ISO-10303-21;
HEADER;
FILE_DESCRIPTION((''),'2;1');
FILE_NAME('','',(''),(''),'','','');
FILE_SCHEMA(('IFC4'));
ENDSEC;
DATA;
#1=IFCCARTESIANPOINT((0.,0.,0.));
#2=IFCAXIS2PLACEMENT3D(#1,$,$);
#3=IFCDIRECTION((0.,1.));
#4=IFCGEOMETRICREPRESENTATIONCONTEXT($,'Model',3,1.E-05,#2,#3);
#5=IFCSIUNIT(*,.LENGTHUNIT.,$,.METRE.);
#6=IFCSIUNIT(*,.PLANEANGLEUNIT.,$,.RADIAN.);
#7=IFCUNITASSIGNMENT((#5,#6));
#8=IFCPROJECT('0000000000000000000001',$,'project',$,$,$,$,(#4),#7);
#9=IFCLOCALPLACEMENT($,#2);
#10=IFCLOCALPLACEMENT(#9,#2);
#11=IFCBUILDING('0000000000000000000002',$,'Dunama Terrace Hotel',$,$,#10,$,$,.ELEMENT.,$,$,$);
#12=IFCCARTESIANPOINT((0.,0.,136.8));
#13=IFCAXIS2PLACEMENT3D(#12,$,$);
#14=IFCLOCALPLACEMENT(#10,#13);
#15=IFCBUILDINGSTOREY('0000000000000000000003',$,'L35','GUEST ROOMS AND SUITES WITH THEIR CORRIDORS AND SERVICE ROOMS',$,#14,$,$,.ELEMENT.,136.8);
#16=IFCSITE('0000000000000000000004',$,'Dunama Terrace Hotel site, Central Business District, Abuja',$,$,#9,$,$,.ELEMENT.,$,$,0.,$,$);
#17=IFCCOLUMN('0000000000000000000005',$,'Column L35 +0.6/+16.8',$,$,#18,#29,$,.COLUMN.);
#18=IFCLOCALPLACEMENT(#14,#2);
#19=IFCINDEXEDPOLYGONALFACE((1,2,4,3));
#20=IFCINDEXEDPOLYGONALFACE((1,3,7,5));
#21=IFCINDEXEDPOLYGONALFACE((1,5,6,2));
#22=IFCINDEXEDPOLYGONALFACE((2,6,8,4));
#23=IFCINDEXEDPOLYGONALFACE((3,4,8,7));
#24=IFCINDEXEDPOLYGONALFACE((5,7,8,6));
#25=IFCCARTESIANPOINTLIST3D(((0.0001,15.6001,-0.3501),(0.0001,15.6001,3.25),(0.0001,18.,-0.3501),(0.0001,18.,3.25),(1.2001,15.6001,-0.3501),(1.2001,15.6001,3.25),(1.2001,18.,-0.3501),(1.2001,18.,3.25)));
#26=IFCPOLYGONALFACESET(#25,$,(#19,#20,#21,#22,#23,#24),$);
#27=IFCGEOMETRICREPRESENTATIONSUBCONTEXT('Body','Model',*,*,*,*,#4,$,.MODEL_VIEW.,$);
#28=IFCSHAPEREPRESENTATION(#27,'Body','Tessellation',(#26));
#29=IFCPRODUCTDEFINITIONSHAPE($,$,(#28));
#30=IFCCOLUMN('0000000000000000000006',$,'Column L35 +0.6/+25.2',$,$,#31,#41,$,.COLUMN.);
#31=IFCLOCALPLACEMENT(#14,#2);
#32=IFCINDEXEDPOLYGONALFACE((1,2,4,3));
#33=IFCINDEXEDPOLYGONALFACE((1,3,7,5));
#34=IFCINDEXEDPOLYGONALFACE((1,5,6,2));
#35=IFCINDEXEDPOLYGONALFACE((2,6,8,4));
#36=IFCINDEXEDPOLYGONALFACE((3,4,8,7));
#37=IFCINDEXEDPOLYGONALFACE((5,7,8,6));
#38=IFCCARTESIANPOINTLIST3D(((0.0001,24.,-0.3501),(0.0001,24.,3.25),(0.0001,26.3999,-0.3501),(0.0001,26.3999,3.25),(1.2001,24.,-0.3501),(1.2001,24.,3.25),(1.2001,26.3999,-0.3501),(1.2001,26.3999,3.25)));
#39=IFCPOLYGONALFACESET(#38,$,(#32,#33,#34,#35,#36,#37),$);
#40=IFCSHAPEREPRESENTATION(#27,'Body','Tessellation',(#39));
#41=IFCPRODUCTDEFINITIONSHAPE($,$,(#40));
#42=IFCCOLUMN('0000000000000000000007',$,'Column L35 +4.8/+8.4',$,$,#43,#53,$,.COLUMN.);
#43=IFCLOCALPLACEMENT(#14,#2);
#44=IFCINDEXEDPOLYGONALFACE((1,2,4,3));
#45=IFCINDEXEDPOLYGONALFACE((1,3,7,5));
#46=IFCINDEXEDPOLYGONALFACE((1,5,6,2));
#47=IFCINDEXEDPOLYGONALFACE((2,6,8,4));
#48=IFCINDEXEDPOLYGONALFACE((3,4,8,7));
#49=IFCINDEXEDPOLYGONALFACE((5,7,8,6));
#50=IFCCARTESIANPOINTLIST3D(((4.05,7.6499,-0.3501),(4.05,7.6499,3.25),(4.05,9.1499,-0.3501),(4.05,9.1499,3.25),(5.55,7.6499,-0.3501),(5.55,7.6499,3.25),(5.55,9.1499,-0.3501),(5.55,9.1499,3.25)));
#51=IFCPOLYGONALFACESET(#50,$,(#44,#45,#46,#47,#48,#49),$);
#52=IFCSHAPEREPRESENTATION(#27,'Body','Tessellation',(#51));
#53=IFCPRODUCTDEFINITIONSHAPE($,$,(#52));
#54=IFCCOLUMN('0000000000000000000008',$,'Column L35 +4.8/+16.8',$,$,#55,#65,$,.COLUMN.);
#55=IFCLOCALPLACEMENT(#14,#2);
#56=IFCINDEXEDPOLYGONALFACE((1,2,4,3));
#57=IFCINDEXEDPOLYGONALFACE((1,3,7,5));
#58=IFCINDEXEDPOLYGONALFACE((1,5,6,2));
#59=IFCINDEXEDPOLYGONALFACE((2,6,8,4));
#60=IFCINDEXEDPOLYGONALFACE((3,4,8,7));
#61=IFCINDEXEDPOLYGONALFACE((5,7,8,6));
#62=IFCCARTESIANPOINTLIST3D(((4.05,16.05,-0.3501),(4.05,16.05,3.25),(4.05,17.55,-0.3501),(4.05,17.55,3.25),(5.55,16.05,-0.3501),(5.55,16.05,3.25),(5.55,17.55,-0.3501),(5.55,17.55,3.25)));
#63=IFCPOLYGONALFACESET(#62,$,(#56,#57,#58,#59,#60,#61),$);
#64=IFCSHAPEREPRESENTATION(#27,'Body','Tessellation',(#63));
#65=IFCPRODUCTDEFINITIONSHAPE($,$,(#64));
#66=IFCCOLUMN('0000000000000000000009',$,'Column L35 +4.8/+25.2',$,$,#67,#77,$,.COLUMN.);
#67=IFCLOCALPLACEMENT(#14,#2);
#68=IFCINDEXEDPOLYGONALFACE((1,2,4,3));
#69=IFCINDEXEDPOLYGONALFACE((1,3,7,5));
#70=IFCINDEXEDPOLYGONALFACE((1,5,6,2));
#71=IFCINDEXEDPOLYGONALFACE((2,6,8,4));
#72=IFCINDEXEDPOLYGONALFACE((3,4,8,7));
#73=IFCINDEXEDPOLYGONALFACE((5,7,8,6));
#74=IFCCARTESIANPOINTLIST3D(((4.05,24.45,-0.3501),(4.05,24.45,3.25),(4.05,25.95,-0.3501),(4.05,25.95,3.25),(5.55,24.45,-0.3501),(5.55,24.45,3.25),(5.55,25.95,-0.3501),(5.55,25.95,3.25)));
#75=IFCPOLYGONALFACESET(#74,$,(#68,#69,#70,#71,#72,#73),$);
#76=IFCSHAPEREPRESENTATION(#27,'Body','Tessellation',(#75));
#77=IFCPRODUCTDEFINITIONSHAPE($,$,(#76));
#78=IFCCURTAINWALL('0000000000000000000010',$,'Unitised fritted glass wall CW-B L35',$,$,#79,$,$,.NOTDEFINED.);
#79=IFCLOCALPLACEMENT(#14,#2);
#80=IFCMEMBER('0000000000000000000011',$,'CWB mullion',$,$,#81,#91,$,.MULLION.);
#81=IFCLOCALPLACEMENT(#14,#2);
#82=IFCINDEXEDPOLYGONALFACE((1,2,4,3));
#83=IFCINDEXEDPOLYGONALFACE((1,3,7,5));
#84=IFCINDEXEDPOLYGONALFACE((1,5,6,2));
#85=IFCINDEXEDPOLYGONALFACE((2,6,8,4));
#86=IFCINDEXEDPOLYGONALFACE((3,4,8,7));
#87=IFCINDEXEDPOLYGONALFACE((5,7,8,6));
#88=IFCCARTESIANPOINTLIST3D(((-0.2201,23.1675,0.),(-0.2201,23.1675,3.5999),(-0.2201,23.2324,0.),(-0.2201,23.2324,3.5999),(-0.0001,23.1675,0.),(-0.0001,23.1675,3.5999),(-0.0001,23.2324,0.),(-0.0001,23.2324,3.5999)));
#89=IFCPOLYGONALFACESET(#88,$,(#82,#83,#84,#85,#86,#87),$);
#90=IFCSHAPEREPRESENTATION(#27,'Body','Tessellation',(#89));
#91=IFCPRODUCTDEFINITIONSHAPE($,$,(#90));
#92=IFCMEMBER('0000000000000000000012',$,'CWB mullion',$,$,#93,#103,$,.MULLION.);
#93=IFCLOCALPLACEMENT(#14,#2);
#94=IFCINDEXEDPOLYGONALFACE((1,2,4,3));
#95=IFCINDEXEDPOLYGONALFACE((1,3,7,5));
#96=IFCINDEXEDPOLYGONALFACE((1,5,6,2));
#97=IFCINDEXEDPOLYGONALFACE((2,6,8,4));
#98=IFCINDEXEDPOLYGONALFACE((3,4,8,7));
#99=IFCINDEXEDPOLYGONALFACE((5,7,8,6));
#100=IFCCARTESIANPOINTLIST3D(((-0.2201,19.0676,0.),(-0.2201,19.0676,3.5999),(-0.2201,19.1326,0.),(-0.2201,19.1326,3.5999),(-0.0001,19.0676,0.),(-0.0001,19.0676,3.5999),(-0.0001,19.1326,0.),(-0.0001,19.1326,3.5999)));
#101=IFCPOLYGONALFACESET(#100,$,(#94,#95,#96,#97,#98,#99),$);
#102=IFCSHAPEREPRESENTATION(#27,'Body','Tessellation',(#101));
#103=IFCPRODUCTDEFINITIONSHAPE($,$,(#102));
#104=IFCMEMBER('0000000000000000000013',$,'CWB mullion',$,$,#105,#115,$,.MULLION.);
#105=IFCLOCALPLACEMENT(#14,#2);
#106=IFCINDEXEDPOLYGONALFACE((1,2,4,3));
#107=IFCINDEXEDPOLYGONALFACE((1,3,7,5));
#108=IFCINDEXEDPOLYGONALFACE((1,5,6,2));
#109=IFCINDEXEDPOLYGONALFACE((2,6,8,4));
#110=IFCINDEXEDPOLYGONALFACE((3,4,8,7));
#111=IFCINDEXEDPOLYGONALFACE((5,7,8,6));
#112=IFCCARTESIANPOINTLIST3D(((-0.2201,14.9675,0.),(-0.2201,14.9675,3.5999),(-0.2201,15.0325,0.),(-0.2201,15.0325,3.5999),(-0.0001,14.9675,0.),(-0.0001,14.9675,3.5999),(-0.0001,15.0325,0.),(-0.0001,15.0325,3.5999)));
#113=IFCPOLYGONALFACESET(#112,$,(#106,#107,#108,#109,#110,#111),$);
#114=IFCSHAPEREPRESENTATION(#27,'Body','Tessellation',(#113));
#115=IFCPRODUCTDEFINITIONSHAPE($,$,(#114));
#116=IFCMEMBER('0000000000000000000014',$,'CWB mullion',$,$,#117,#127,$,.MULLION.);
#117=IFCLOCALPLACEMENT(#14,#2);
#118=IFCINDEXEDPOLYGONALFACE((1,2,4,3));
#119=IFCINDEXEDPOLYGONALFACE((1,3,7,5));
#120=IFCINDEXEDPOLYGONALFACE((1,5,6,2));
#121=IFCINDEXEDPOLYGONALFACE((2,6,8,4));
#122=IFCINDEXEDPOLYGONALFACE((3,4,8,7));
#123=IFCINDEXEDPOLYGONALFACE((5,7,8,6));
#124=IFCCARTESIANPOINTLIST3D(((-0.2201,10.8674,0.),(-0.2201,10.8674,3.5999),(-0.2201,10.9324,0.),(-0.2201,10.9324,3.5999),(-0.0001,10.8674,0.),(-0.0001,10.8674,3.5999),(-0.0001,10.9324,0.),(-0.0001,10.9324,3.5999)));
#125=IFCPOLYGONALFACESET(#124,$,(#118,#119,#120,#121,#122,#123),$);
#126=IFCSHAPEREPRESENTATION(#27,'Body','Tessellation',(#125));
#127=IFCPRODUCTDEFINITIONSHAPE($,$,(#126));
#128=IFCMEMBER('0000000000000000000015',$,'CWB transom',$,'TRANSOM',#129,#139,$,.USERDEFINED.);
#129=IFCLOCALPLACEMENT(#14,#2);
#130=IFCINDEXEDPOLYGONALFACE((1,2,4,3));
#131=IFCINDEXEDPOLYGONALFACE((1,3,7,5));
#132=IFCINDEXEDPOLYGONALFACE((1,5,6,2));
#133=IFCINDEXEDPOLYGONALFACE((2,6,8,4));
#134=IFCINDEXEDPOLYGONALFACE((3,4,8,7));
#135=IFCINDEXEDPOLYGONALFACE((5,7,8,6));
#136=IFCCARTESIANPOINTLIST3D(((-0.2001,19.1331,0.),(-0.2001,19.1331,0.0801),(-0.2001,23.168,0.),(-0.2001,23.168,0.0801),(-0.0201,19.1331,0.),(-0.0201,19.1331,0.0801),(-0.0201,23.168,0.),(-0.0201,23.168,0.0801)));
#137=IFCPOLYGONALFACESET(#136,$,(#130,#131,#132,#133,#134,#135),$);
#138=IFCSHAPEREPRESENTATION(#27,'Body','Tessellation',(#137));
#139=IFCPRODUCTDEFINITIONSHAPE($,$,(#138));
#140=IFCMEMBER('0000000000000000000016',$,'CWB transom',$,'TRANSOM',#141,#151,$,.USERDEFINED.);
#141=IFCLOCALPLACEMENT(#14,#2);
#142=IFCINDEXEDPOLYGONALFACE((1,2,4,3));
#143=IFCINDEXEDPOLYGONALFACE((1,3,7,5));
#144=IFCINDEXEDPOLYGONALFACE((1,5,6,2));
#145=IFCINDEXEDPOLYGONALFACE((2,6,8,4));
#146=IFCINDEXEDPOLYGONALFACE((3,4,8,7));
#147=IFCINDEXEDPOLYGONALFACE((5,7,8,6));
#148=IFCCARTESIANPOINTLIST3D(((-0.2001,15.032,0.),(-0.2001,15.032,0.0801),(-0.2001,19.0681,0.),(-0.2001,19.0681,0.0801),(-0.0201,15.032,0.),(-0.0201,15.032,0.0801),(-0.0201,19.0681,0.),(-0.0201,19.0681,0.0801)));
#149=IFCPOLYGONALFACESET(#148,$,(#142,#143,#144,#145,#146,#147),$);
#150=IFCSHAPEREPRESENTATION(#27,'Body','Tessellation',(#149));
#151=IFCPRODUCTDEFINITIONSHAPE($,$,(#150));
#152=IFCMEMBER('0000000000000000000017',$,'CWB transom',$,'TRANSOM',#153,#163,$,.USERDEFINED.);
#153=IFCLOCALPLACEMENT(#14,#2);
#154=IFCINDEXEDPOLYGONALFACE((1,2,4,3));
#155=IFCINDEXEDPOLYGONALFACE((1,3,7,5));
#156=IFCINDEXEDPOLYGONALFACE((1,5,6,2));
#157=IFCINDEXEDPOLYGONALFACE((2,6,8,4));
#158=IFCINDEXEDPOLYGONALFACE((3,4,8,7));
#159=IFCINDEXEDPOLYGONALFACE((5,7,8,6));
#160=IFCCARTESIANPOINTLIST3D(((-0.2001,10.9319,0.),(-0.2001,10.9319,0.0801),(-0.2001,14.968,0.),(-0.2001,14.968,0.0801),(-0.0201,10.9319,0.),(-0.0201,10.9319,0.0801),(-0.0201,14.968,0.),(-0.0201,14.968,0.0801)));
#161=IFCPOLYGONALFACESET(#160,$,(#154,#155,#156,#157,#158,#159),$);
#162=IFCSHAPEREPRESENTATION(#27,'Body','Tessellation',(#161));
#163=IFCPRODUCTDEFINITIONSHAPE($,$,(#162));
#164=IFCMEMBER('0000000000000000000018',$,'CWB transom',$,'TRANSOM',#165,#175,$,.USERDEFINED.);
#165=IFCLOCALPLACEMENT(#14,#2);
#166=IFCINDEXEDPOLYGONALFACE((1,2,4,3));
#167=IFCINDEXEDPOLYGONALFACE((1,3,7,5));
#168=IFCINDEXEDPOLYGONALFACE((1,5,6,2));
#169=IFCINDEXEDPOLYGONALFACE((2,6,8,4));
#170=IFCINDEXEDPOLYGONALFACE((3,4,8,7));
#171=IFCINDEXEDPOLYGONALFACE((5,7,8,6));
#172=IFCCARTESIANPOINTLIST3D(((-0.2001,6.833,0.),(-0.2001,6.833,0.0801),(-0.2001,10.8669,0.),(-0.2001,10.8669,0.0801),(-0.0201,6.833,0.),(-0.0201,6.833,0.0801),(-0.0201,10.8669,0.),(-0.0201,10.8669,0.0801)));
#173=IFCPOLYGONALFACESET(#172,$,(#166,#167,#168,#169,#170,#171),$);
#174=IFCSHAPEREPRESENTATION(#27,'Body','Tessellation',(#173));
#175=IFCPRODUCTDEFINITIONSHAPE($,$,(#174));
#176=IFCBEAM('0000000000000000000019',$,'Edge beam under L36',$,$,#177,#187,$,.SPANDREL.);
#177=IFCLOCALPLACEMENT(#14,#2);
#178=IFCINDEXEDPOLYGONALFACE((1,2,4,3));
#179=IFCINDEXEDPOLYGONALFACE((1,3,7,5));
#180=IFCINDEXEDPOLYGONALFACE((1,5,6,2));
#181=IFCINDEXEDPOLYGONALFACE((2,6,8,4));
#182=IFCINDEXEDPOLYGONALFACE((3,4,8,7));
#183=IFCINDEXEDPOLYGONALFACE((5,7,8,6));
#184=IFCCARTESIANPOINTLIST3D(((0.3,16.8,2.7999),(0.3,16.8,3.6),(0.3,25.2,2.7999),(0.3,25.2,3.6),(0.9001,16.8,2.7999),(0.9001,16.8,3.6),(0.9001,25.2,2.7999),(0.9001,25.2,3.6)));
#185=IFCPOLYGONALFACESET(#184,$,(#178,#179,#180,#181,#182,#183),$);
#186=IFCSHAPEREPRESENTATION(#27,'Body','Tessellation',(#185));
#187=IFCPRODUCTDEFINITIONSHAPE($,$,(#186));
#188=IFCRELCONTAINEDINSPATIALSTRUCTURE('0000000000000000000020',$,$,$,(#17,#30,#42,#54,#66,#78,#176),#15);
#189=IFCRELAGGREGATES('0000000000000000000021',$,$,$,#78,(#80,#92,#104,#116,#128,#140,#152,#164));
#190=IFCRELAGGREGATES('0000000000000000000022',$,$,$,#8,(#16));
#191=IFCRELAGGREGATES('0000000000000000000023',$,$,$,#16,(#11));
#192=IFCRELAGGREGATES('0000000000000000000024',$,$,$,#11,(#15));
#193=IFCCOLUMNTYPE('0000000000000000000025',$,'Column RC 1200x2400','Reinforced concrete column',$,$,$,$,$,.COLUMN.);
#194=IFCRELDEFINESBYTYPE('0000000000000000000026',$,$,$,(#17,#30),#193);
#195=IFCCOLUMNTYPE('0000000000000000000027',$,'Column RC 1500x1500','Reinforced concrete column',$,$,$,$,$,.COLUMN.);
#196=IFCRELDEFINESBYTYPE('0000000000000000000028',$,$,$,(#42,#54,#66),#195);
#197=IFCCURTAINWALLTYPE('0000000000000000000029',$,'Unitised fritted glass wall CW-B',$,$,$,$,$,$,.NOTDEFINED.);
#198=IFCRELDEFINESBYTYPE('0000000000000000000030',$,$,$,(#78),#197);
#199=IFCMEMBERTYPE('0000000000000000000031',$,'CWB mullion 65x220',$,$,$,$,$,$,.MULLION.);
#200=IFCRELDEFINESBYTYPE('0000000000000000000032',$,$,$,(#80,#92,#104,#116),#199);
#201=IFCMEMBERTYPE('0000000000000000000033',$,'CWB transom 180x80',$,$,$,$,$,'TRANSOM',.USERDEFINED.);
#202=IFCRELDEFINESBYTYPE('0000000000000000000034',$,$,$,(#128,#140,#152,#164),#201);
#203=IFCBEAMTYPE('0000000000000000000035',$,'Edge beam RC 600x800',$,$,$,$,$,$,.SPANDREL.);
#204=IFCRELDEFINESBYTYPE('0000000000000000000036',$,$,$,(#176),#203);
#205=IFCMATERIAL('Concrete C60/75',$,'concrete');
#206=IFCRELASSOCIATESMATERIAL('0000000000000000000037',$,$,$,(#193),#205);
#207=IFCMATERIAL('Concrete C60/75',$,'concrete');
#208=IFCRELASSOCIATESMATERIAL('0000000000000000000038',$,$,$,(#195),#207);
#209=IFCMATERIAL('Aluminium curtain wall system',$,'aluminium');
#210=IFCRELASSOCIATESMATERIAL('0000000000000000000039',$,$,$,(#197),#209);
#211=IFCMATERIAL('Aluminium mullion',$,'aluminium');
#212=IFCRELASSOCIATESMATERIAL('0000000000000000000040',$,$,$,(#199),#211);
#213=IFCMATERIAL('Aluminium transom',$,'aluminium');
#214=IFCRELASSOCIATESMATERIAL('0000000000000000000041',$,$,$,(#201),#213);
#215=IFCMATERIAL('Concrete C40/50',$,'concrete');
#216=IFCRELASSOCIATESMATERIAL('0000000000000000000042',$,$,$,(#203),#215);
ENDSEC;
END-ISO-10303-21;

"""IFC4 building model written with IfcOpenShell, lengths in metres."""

from ifc_helpers import new_model, si_unit, direction, frame, origin, origin_2d, place, context, subcontext, project, spatial, rectangle, extrude, material, material_profile, profile_set, type_object, element, aggregate, save


model = new_model("IFC4")

# Units and contexts
model_context = context("Model", 3, precision=1e-05, world=origin(), true_north=direction((0.0, 1.0)))
body_context = subcontext(model_context, "Body", "Model", "MODEL_VIEW")
ifc_project = project(units=[si_unit("LENGTHUNIT", "METRE"), si_unit("PLANEANGLEUNIT", "RADIAN")], contexts=[model_context])

# Site, building, storey
site_placement = place(None, origin())
site = spatial("IfcSite", under=ifc_project, at=site_placement, Name="Dunama Terrace Hotel site, Central Business District, Abuja", CompositionType="ELEMENT", RefElevation=0.0)
building_placement = place(site_placement, origin())
building = spatial("IfcBuilding", under=site, at=building_placement, Name="Dunama Terrace Hotel", CompositionType="ELEMENT")
storey_placement = place(building_placement, frame((0.0, 0.0, 136.8)))
storey = spatial("IfcBuildingStorey", under=building, at=storey_placement, Name="L35", Description="GUEST ROOMS AND SUITES WITH THEIR CORRIDORS AND SERVICE ROOMS", CompositionType="ELEMENT", Elevation=136.8)

# Columns
ifc_material_1 = material(Name="Concrete C60/75", Category="concrete")
ifc_material_profile_1 = material_profile(ifc_material_1, rectangle(XDim=1.2, YDim=2.3999, at=origin_2d()), Name="RC 1200x2400")
ifc_profile_set_1 = profile_set([ifc_material_profile_1], Name="Concrete C60/75")
column_type_1 = type_object("IfcColumnType", Name="Column RC 1200x2400", Description="Reinforced concrete column", PredefinedType="COLUMN", material=ifc_profile_set_1)
for number, where, z_axis, x_axis, name in (
    (1, (0.6001, 16.8, -0.3501), (0.0, 0.0, 1.0), (1.0, 0.0, 0.0), "Column L35 +0.6/+16.8"),
    (2, (0.6001, 25.2, -0.3501), (0.0, 0.0, 1.0), (1.0, 0.0, 0.0), "Column L35 +0.6/+25.2"),
):
    element("IfcColumn", number, at=place(storey_placement, frame(where, z_axis=z_axis, x_axis=x_axis)), inside=storey, type_object=column_type_1, Name=name, PredefinedType="COLUMN", context=body_context, shape_type="SweptSolid", body=[
        extrude(rectangle(XDim=1.2, YDim=2.3999, at=origin_2d()), origin(), (0.0, 0.0, 1.0), 3.6001),
    ])
ifc_material_2 = material(Name="Concrete C60/75", Category="concrete")
ifc_material_profile_2 = material_profile(ifc_material_2, rectangle(XDim=1.5, YDim=1.5, at=origin_2d()), Name="RC 1500x1500")
ifc_profile_set_2 = profile_set([ifc_material_profile_2], Name="Concrete C60/75")
column_type_2 = type_object("IfcColumnType", Name="Column RC 1500x1500", Description="Reinforced concrete column", PredefinedType="COLUMN", material=ifc_profile_set_2)
for number, where, z_axis, x_axis, name in (
    (3, (4.8, 8.3999, -0.3501), (0.0, 0.0, 1.0), (1.0, 0.0, 0.0), "Column L35 +4.8/+8.4"),
    (4, (4.8, 16.8, -0.3501), (0.0, 0.0, 1.0), (1.0, 0.0, 0.0), "Column L35 +4.8/+16.8"),
    (5, (4.8, 25.2, -0.3501), (0.0, 0.0, 1.0), (1.0, 0.0, 0.0), "Column L35 +4.8/+25.2"),
):
    element("IfcColumn", number, at=place(storey_placement, frame(where, z_axis=z_axis, x_axis=x_axis)), inside=storey, type_object=column_type_2, Name=name, PredefinedType="COLUMN", context=body_context, shape_type="SweptSolid", body=[
        extrude(rectangle(XDim=1.5, YDim=1.5, at=origin_2d()), origin(), (0.0, 0.0, 1.0), 3.6001),
    ])

# Curtain wall, members
ifc_material_3 = material(Name="Aluminium curtain wall system", Category="aluminium")
curtain_wall_type = type_object("IfcCurtainWallType", Name="Unitised fritted glass wall CW-B", PredefinedType="NOTDEFINED", material=ifc_material_3)
curtain_wall_placement = place(storey_placement, origin())
curtain_wall = element("IfcCurtainWall", 6, at=curtain_wall_placement, inside=storey, type_object=curtain_wall_type, Name="Unitised fritted glass wall CW-B L35", PredefinedType="NOTDEFINED")
ifc_material_4 = material(Name="Aluminium mullion", Category="aluminium")
ifc_material_profile_3 = material_profile(ifc_material_4, rectangle(XDim=0.0649, YDim=0.22, at=origin_2d()), Name="CWB MULLION 65X220")
ifc_profile_set_3 = profile_set([ifc_material_profile_3], Name="Aluminium mullion")
member_type_1 = type_object("IfcMemberType", Name="CWB mullion 65x220", PredefinedType="MULLION", material=ifc_profile_set_3)
member_1_placement = place(storey_placement, frame((-0.1101, 23.2, 0.0), z_axis=(0.0, 0.0, 1.0), x_axis=(0.0, -1.0, 0.0)))
member_1 = element("IfcMember", 7, at=member_1_placement, type_object=member_type_1, Name="CWB mullion", PredefinedType="MULLION", context=body_context, shape_type="SweptSolid", body=[
    extrude(rectangle(XDim=0.0649, YDim=0.22, at=origin_2d()), origin(), (0.0, 0.0, 1.0), 3.5999),
])
member_2_placement = place(storey_placement, frame((-0.1101, 19.1001, 0.0), z_axis=(0.0, 0.0, 1.0), x_axis=(0.0, -1.0, 0.0)))
member_2 = element("IfcMember", 8, at=member_2_placement, type_object=member_type_1, Name="CWB mullion", PredefinedType="MULLION", context=body_context, shape_type="SweptSolid", body=[
    extrude(rectangle(XDim=0.0649, YDim=0.22, at=origin_2d()), origin(), (0.0, 0.0, 1.0), 3.5999),
])
member_3_placement = place(storey_placement, frame((-0.1101, 15.0, 0.0), z_axis=(0.0, 0.0, 1.0), x_axis=(0.0, -1.0, 0.0)))
member_3 = element("IfcMember", 9, at=member_3_placement, type_object=member_type_1, Name="CWB mullion", PredefinedType="MULLION", context=body_context, shape_type="SweptSolid", body=[
    extrude(rectangle(XDim=0.0649, YDim=0.22, at=origin_2d()), origin(), (0.0, 0.0, 1.0), 3.5999),
])
member_4_placement = place(storey_placement, frame((-0.1101, 10.8999, 0.0), z_axis=(0.0, 0.0, 1.0), x_axis=(0.0, -1.0, 0.0)))
member_4 = element("IfcMember", 10, at=member_4_placement, type_object=member_type_1, Name="CWB mullion", PredefinedType="MULLION", context=body_context, shape_type="SweptSolid", body=[
    extrude(rectangle(XDim=0.0649, YDim=0.22, at=origin_2d()), origin(), (0.0, 0.0, 1.0), 3.5999),
])
ifc_material_5 = material(Name="Aluminium transom", Category="aluminium")
ifc_material_profile_4 = material_profile(ifc_material_5, rectangle(XDim=0.1799, YDim=0.0801, at=origin_2d()), Name="CWB TRANSOM 180X80")
ifc_profile_set_4 = profile_set([ifc_material_profile_4], Name="Aluminium transom")
member_type_2 = type_object("IfcMemberType", Name="CWB transom 180x80", ElementType="TRANSOM", PredefinedType="USERDEFINED", material=ifc_profile_set_4)
member_5_placement = place(storey_placement, frame((-0.1101, 23.168, 0.04), z_axis=(0.0, -1.0, 0.0), x_axis=(1.0, 0.0, 0.0)))
member_5 = element("IfcMember", 11, at=member_5_placement, type_object=member_type_2, Name="CWB transom", ObjectType="TRANSOM", PredefinedType="USERDEFINED", context=body_context, shape_type="SweptSolid", body=[
    extrude(rectangle(XDim=0.1799, YDim=0.0801, at=origin_2d()), origin(), (0.0, 0.0, 1.0), 4.0349),
])
member_6_placement = place(storey_placement, frame((-0.1101, 19.0681, 0.04), z_axis=(0.0, -1.0, 0.0), x_axis=(1.0, 0.0, 0.0)))
member_6 = element("IfcMember", 12, at=member_6_placement, type_object=member_type_2, Name="CWB transom", ObjectType="TRANSOM", PredefinedType="USERDEFINED", context=body_context, shape_type="SweptSolid", body=[
    extrude(rectangle(XDim=0.1799, YDim=0.0801, at=origin_2d()), origin(), (0.0, 0.0, 1.0), 4.0361),
])
member_7_placement = place(storey_placement, frame((-0.1101, 14.968, 0.04), z_axis=(0.0, -1.0, 0.0), x_axis=(1.0, 0.0, 0.0)))
member_7 = element("IfcMember", 13, at=member_7_placement, type_object=member_type_2, Name="CWB transom", ObjectType="TRANSOM", PredefinedType="USERDEFINED", context=body_context, shape_type="SweptSolid", body=[
    extrude(rectangle(XDim=0.1799, YDim=0.0801, at=origin_2d()), origin(), (0.0, 0.0, 1.0), 4.0361),
])
member_8_placement = place(storey_placement, frame((-0.1101, 10.8669, 0.04), z_axis=(0.0, -1.0, 0.0), x_axis=(1.0, 0.0, 0.0)))
member_8 = element("IfcMember", 14, at=member_8_placement, type_object=member_type_2, Name="CWB transom", ObjectType="TRANSOM", PredefinedType="USERDEFINED", context=body_context, shape_type="SweptSolid", body=[
    extrude(rectangle(XDim=0.1799, YDim=0.0801, at=origin_2d()), origin(), (0.0, 0.0, 1.0), 4.0339),
])

# Beam
ifc_material_6 = material(Name="Concrete C40/50", Category="concrete")
ifc_material_profile_5 = material_profile(ifc_material_6, rectangle(XDim=0.6001, YDim=0.8, at=origin_2d()), Name="RC 600x800")
ifc_profile_set_5 = profile_set([ifc_material_profile_5], Name="Concrete C40/50")
beam_type = type_object("IfcBeamType", Name="Edge beam RC 600x800", PredefinedType="SPANDREL", material=ifc_profile_set_5)
beam_1_placement = place(storey_placement, frame((0.6001, 16.8, 3.2), z_axis=(0.0, 1.0, 0.0), x_axis=(-1.0, 0.0, 0.0)))
element("IfcBeam", 15, at=beam_1_placement, inside=storey, type_object=beam_type, Name="Edge beam under L36", PredefinedType="SPANDREL", context=body_context, shape_type="SweptSolid", body=[
    extrude(rectangle(XDim=0.6001, YDim=0.8, at=origin_2d()), origin(), (0.0, 0.0, 1.0), 8.3999),
])

aggregate(curtain_wall, [member_1, member_2, member_3, member_4, member_5, member_6, member_7, member_8])

save(model, "model.ifc")
